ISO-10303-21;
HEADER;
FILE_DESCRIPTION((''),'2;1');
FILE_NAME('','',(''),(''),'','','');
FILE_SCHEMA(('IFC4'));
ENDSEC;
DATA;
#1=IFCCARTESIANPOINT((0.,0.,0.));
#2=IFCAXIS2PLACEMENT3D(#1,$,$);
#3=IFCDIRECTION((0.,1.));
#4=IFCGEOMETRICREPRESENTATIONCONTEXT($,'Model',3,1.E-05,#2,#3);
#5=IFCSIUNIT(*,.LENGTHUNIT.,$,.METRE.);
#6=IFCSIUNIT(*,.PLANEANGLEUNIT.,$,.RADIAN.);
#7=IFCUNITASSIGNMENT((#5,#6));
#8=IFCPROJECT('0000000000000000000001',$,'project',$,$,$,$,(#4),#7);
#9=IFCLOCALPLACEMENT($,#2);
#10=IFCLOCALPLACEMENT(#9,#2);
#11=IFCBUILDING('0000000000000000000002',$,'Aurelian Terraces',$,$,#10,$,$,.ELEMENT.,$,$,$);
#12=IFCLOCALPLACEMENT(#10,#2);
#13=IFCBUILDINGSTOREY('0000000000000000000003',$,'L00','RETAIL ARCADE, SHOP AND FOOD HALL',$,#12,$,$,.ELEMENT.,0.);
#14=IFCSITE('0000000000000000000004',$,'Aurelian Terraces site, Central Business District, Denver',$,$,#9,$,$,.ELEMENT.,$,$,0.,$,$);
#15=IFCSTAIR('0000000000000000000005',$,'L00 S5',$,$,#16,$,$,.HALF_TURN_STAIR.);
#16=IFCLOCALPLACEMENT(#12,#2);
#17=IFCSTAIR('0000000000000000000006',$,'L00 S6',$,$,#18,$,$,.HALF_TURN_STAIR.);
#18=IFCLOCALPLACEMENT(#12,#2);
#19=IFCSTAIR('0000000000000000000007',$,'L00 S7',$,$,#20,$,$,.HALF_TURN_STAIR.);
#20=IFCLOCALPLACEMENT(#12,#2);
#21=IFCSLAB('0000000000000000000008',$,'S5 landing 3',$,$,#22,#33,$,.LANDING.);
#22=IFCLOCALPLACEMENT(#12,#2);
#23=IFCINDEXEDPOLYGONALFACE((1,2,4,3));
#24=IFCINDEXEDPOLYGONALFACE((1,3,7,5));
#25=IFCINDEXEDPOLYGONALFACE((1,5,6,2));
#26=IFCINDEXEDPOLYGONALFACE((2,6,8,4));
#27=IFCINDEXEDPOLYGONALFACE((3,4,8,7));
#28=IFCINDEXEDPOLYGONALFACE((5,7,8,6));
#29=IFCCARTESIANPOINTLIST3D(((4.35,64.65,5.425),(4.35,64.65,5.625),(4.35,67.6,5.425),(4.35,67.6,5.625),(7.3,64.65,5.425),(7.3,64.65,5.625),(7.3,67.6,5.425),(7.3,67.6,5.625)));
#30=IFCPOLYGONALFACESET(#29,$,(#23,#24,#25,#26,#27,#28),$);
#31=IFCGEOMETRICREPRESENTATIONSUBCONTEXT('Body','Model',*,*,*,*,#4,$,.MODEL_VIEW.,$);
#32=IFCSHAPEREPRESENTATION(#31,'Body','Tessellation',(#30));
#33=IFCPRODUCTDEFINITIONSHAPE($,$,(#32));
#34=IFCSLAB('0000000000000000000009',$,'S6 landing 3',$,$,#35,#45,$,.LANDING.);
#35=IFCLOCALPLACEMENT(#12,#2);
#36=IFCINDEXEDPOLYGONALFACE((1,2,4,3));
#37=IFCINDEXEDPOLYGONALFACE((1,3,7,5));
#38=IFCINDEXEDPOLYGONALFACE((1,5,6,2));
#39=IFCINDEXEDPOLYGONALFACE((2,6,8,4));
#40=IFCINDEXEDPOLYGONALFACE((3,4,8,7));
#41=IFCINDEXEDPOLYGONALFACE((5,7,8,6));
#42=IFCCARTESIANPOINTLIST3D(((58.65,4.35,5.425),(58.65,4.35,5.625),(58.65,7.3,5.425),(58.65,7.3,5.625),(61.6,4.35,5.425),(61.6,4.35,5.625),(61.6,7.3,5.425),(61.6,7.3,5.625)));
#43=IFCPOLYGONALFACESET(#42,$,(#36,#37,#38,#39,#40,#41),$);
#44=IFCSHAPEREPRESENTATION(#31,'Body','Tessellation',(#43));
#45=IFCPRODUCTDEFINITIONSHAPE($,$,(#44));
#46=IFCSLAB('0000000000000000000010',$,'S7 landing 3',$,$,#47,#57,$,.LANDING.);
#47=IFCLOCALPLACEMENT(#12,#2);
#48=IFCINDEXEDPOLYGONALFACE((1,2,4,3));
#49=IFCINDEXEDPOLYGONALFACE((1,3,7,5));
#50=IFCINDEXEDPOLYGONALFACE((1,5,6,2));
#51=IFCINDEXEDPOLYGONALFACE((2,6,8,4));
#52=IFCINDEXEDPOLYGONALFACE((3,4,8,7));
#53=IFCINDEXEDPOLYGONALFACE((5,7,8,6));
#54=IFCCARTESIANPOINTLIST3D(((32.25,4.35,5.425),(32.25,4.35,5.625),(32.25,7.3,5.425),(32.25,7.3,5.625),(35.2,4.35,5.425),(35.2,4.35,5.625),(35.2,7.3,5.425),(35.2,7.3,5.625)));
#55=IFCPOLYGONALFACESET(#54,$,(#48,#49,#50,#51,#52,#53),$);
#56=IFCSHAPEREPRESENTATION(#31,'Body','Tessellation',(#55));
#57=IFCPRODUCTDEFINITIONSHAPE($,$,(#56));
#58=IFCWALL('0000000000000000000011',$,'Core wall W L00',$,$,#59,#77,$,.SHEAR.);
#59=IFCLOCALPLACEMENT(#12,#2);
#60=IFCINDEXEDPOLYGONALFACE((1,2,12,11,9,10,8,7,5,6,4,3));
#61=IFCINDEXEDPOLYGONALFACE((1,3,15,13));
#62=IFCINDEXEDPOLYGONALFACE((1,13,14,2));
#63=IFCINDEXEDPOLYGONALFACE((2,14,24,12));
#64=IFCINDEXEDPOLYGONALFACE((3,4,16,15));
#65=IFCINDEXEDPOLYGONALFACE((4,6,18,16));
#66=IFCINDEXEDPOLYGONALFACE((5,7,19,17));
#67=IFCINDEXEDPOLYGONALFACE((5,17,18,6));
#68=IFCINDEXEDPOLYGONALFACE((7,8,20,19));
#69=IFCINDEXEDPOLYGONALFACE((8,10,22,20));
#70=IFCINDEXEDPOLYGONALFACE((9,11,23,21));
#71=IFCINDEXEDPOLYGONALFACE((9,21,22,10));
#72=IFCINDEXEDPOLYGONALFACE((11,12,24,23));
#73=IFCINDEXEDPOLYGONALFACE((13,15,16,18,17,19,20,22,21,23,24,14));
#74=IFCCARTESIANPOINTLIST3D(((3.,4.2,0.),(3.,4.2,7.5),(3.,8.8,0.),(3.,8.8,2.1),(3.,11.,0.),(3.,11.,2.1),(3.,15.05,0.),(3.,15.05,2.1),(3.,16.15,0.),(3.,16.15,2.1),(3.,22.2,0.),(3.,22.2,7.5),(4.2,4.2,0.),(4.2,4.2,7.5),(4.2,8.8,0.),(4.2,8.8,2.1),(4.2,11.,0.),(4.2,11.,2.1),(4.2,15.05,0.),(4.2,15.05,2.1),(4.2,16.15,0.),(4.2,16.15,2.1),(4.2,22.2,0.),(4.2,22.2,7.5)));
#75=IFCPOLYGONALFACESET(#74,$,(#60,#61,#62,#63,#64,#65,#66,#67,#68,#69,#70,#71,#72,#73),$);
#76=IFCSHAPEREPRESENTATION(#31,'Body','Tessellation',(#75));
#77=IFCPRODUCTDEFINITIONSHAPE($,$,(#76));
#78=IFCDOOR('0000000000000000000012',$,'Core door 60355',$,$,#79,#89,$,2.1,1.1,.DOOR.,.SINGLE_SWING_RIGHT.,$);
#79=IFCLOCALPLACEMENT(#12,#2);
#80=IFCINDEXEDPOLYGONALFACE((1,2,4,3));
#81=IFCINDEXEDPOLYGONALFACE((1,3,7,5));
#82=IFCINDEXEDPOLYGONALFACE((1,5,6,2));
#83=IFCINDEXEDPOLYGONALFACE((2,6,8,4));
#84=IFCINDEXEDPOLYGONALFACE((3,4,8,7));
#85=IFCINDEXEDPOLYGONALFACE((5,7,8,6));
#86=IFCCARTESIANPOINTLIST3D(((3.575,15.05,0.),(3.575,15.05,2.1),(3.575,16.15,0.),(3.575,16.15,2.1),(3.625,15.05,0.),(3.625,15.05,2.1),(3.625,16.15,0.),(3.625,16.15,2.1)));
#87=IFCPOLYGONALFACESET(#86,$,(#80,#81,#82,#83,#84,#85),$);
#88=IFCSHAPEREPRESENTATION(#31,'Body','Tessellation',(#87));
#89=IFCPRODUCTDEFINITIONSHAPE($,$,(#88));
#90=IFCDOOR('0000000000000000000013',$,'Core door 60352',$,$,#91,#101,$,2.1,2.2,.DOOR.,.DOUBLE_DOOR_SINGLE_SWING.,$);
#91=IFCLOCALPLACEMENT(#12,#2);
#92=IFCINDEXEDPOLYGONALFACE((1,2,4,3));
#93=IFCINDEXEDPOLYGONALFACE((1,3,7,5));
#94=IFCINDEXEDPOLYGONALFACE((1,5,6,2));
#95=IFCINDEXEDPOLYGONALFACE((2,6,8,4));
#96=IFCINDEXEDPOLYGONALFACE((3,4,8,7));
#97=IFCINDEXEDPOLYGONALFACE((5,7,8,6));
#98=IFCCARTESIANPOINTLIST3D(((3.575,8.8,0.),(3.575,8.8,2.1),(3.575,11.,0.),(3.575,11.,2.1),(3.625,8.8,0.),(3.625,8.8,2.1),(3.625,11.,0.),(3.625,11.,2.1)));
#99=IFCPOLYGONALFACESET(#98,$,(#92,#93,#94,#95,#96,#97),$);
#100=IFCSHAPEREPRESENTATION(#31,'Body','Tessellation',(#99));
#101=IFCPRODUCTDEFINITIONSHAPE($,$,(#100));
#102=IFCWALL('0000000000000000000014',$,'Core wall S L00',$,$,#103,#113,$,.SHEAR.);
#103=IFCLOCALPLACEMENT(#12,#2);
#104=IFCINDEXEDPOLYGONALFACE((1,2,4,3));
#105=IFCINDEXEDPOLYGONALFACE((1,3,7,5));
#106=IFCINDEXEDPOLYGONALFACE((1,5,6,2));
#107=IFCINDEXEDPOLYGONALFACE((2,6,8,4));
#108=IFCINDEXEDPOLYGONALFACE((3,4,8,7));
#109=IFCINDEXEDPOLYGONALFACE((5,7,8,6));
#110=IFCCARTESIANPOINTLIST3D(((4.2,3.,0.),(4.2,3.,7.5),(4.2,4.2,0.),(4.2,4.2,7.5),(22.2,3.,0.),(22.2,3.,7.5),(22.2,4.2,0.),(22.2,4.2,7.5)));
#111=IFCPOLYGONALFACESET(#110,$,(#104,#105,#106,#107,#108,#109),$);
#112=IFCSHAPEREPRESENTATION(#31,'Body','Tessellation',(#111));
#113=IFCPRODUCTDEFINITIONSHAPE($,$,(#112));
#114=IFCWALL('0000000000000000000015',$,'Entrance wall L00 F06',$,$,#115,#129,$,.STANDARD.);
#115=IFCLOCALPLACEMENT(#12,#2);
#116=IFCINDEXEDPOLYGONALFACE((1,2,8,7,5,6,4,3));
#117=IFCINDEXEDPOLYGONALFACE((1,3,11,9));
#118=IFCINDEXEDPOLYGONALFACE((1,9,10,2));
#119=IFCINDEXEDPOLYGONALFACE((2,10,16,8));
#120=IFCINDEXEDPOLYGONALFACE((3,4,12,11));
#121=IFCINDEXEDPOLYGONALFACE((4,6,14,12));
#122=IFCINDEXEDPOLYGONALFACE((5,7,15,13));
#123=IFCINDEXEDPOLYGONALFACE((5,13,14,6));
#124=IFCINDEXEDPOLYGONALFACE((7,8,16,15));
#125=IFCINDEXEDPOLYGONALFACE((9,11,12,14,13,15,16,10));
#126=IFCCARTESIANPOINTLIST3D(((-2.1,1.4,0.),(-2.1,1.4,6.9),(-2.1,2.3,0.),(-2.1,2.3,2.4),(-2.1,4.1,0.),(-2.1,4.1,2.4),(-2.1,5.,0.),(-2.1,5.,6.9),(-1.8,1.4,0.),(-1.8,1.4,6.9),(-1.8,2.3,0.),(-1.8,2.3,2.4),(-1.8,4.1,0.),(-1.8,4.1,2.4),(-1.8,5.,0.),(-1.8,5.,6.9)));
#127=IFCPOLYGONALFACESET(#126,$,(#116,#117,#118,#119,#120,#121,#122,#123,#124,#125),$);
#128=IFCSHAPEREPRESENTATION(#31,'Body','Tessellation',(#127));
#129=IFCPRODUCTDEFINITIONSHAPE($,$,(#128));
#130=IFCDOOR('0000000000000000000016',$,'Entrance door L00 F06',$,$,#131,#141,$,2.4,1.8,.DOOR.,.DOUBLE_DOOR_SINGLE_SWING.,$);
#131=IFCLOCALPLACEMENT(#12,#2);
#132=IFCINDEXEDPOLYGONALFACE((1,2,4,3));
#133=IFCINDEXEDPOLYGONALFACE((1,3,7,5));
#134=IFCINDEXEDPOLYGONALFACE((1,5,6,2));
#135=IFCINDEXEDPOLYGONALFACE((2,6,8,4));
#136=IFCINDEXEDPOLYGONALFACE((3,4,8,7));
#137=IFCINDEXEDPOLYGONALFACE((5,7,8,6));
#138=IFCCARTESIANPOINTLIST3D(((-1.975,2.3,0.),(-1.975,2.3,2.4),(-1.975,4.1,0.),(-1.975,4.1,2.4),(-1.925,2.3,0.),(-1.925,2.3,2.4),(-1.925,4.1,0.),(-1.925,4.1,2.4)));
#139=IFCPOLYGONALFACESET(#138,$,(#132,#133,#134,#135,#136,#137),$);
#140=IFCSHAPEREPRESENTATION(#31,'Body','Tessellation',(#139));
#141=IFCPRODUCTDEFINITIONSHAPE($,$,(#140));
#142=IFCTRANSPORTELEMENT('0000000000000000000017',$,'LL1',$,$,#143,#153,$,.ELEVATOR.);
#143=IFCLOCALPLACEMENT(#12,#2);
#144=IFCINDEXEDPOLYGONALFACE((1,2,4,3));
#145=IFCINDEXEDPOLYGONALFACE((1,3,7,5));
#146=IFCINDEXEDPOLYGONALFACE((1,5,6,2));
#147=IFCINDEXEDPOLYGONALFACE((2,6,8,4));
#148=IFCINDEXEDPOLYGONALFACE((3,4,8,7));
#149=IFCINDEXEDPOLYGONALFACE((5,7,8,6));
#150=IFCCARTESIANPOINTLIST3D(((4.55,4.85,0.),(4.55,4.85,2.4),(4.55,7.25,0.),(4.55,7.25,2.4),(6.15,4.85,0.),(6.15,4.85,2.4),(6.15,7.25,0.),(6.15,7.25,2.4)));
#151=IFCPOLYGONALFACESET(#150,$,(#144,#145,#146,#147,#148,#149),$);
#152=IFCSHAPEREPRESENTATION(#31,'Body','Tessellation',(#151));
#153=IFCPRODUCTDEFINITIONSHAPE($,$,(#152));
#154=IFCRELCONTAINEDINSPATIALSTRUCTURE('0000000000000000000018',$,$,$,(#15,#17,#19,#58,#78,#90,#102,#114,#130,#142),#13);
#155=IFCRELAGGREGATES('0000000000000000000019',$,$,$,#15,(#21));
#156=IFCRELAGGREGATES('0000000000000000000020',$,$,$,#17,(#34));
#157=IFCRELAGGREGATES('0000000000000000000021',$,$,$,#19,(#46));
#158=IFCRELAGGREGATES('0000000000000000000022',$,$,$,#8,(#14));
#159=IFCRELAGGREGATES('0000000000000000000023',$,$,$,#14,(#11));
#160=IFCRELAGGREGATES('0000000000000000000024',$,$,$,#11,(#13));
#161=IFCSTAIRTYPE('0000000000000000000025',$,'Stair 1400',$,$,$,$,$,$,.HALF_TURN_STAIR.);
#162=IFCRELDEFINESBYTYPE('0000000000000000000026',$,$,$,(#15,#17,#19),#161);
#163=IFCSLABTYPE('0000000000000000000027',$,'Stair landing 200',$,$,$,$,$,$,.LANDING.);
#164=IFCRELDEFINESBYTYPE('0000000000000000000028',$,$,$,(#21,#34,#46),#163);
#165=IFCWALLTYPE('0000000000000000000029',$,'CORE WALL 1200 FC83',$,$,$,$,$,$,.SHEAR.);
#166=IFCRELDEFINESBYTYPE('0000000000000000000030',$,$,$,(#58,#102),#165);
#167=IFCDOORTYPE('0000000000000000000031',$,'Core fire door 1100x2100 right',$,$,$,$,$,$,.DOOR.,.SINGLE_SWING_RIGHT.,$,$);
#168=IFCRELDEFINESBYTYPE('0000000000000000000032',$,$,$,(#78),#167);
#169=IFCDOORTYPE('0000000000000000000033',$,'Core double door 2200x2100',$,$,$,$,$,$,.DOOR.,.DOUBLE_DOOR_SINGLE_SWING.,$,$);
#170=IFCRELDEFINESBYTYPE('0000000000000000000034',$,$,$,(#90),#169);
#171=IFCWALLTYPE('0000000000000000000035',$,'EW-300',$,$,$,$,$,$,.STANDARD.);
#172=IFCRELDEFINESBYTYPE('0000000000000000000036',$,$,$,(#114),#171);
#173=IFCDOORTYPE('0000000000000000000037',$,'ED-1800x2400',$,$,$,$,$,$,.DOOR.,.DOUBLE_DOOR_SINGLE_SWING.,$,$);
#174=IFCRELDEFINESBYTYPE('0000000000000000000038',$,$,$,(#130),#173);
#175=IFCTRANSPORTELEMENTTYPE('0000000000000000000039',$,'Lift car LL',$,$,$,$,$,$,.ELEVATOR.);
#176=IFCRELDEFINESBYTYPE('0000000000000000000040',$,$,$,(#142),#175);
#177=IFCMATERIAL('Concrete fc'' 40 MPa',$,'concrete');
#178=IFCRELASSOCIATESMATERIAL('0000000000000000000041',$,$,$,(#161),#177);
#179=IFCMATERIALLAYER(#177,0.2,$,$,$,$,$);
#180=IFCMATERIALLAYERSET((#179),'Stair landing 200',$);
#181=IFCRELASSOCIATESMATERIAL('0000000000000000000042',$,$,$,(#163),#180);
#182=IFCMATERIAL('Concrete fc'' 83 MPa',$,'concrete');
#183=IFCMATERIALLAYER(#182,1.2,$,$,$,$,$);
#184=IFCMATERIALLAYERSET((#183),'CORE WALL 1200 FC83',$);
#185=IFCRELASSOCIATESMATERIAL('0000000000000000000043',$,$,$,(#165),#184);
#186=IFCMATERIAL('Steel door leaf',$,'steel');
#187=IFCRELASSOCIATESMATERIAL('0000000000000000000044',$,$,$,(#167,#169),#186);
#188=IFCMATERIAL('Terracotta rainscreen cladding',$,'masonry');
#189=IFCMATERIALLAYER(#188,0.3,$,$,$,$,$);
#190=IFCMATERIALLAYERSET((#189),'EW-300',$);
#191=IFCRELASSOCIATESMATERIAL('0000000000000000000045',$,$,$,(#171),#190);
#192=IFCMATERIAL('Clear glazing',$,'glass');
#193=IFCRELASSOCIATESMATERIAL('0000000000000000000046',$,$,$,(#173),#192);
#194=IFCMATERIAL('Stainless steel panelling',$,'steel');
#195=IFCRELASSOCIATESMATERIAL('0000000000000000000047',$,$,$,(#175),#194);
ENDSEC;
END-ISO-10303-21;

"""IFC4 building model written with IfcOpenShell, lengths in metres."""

from ifc_helpers import new_model, si_unit, direction, frame, frame_2d, origin, origin_2d, place, context, subcontext, project, spatial, polyline, rectangle, outline, extrude, source, transform, mapped, material, layer, layer_set, type_object, element, fill, aggregate, save


model = new_model("IFC4")

# Units and contexts
model_context = context("Model", 3, precision=1e-05, world=origin(), true_north=direction((0.0, 1.0)))
body_context = subcontext(model_context, "Body", "Model", "MODEL_VIEW")
ifc_project = project(units=[si_unit("LENGTHUNIT", "METRE"), si_unit("PLANEANGLEUNIT", "RADIAN")], contexts=[model_context])

# Site, building, storey
site_placement = place(None, origin())
site = spatial("IfcSite", under=ifc_project, at=site_placement, Name="Aurelian Terraces site, Central Business District, Denver", CompositionType="ELEMENT", RefElevation=0.0)
building_placement = place(site_placement, origin())
building = spatial("IfcBuilding", under=site, at=building_placement, Name="Aurelian Terraces", CompositionType="ELEMENT")
storey_placement = place(building_placement, origin())
storey = spatial("IfcBuildingStorey", under=building, at=storey_placement, Name="L00", Description="RETAIL ARCADE, SHOP AND FOOD HALL", CompositionType="ELEMENT", Elevation=0.0)

# Stairs
ifc_material_1 = material(Name="Concrete fc' 40 MPa", Category="concrete")
stair_type = type_object("IfcStairType", Name="Stair 1400", PredefinedType="HALF_TURN_STAIR", material=ifc_material_1)
ifc_layer_1 = layer(ifc_material_1, 0.2)
ifc_layer_set_1 = layer_set([ifc_layer_1], Name="Stair landing 200")
slab_type = type_object("IfcSlabType", Name="Stair landing 200", PredefinedType="LANDING", material=ifc_layer_set_1)
stair_1_placement = place(storey_placement, origin())
stair_1 = element("IfcStair", 1, at=stair_1_placement, inside=storey, type_object=stair_type, Name="L00 S5", PredefinedType="HALF_TURN_STAIR")
stair_2_placement = place(storey_placement, origin())
stair_2 = element("IfcStair", 2, at=stair_2_placement, inside=storey, type_object=stair_type, Name="L00 S6", PredefinedType="HALF_TURN_STAIR")
stair_3_placement = place(storey_placement, origin())
stair_3 = element("IfcStair", 3, at=stair_3_placement, inside=storey, type_object=stair_type, Name="L00 S7", PredefinedType="HALF_TURN_STAIR")

# Slabs
shared_shape_1 = source(origin(), body_context, "Body", "SweptSolid", [
    extrude(outline(polyline([(4.35, 64.65), (7.3, 64.65), (7.3, 67.6), (4.35, 67.6), (4.35, 64.65)])), origin(), (0.0, 0.0, 1.0), 0.2),
])
slab_1_placement = place(storey_placement, frame((0.0, 0.0, 5.425)))
slab_1 = element("IfcSlab", 4, at=slab_1_placement, type_object=slab_type, Name="S5 landing 3", PredefinedType="LANDING", context=body_context, shape_type="MappedRepresentation", body=[
    mapped(shared_shape_1, transform((0.0, 0.0, 0.0), scale=1.0)),
])
aggregate(stair_1, [slab_1])
shared_shape_2 = source(origin(), body_context, "Body", "SweptSolid", [
    extrude(outline(polyline([(61.6, 4.35), (61.6, 7.3), (58.65, 7.3), (58.65, 4.35), (61.6, 4.35)])), origin(), (0.0, 0.0, 1.0), 0.2),
])
slab_2_placement = place(storey_placement, frame((0.0, 0.0, 5.425)))
slab_2 = element("IfcSlab", 5, at=slab_2_placement, type_object=slab_type, Name="S6 landing 3", PredefinedType="LANDING", context=body_context, shape_type="MappedRepresentation", body=[
    mapped(shared_shape_2, transform((0.0, 0.0, 0.0), scale=1.0)),
])
aggregate(stair_2, [slab_2])
shared_shape_3 = source(origin(), body_context, "Body", "SweptSolid", [
    extrude(outline(polyline([(35.2, 4.35), (35.2, 7.3), (32.25, 7.3), (32.25, 4.35), (35.2, 4.35)])), origin(), (0.0, 0.0, 1.0), 0.2),
])
slab_3_placement = place(storey_placement, frame((0.0, 0.0, 5.425)))
slab_3 = element("IfcSlab", 6, at=slab_3_placement, type_object=slab_type, Name="S7 landing 3", PredefinedType="LANDING", context=body_context, shape_type="MappedRepresentation", body=[
    mapped(shared_shape_3, transform((0.0, 0.0, 0.0), scale=1.0)),
])
aggregate(stair_3, [slab_3])

# Wall, openings, doors
ifc_material_2 = material(Name="Concrete fc' 83 MPa", Category="concrete")
ifc_layer_2 = layer(ifc_material_2, 1.2)
ifc_layer_set_2 = layer_set([ifc_layer_2], Name="CORE WALL 1200 FC83")
wall_type_1 = type_object("IfcWallType", Name="CORE WALL 1200 FC83", PredefinedType="SHEAR", material=ifc_layer_set_2)
wall_1_placement = place(storey_placement, frame((3.6, 4.2, 0.0), z_axis=(0.0, 0.0, 1.0), x_axis=(0.0, 1.0, 0.0)))
wall_1 = element("IfcWall", 7, at=wall_1_placement, inside=storey, type_object=wall_type_1, Name="Core wall W L00", PredefinedType="SHEAR", context=body_context, shape_type="SweptSolid", body=[
    extrude(rectangle(XDim=18.0, YDim=1.2, at=frame_2d((9.0, 0.0))), origin(), (0.0, 0.0, 1.0), 7.5),
])
shared_shape_4 = source(origin(), body_context, "Body", "SweptSolid", [
    extrude(rectangle(XDim=2.2, YDim=2.1, at=frame_2d((1.1, 1.05))), frame((0.0, 0.61, 0.0), z_axis=(0.0, -1.0, 0.0), x_axis=(1.0, 0.0, 0.0)), (0.0, 0.0, 1.0), 1.22),
])
opening_1_placement = place(wall_1_placement, frame((4.6, 0.0, 0.0)))
opening_1 = element("IfcOpeningElement", 8, at=opening_1_placement, cuts=wall_1, PredefinedType="OPENING", context=body_context, shape_type="MappedRepresentation", body=[
    mapped(shared_shape_4, transform((0.0, 0.0, 0.0), scale=1.0)),
])
opening_2_placement = place(wall_1_placement, frame((10.85, 0.0, 0.0)))
opening_2 = element("IfcOpeningElement", 9, at=opening_2_placement, cuts=wall_1, PredefinedType="OPENING", context=body_context, shape_type="SweptSolid", body=[
    extrude(rectangle(XDim=1.1, YDim=2.1, at=frame_2d((0.55, 1.05))), frame((0.0, 0.61, 0.0), z_axis=(0.0, -1.0, 0.0), x_axis=(1.0, 0.0, 0.0)), (0.0, 0.0, 1.0), 1.22),
])
ifc_material_3 = material(Name="Steel door leaf", Category="steel")
door_type_1 = type_object("IfcDoorType", Name="Core fire door 1100x2100 right", OperationType="SINGLE_SWING_RIGHT", PredefinedType="DOOR", material=ifc_material_3)
shared_shape_5 = source(origin(), body_context, "Body", "SweptSolid", [
    extrude(rectangle(XDim=1.1, YDim=2.1, at=frame_2d((0.55, 1.05))), frame((0.0, 0.025, 0.0), z_axis=(0.0, -1.0, 0.0), x_axis=(1.0, 0.0, 0.0)), (0.0, 0.0, 1.0), 0.05),
])
door_1_placement = place(opening_2_placement, origin())
door_1 = element("IfcDoor", 10, at=door_1_placement, inside=storey, type_object=door_type_1, Name="Core door 60355", OperationType="SINGLE_SWING_RIGHT", OverallHeight=2.1, OverallWidth=1.1, PredefinedType="DOOR", context=body_context, shape_type="MappedRepresentation", body=[
    mapped(shared_shape_5, transform((0.0, 0.0, 0.0), scale=1.0)),
])
fill(opening_2, door_1)
door_type_2 = type_object("IfcDoorType", Name="Core double door 2200x2100", OperationType="DOUBLE_DOOR_SINGLE_SWING", PredefinedType="DOOR", material=ifc_material_3)
shared_shape_6 = source(origin(), body_context, "Body", "SweptSolid", [
    extrude(rectangle(XDim=2.2, YDim=2.1, at=frame_2d((1.1, 1.05))), frame((0.0, 0.025, 0.0), z_axis=(0.0, -1.0, 0.0), x_axis=(1.0, 0.0, 0.0)), (0.0, 0.0, 1.0), 0.05),
])
door_2_placement = place(opening_1_placement, origin())
door_2 = element("IfcDoor", 11, at=door_2_placement, inside=storey, type_object=door_type_2, Name="Core door 60352", OperationType="DOUBLE_DOOR_SINGLE_SWING", OverallHeight=2.1, OverallWidth=2.2, PredefinedType="DOOR", context=body_context, shape_type="MappedRepresentation", body=[
    mapped(shared_shape_6, transform((0.0, 0.0, 0.0), scale=1.0)),
])
fill(opening_1, door_2)

# Wall
shared_shape_7 = source(origin(), body_context, "Body", "SweptSolid", [
    extrude(rectangle(XDim=18.0, YDim=1.2, at=frame_2d((9.0, 0.0))), origin(), (0.0, 0.0, 1.0), 7.5),
])
wall_2_placement = place(storey_placement, frame((4.2, 3.6, 0.0), z_axis=(0.0, 0.0, 1.0), x_axis=(1.0, 0.0, 0.0)))
element("IfcWall", 12, at=wall_2_placement, inside=storey, type_object=wall_type_1, Name="Core wall S L00", PredefinedType="SHEAR", context=body_context, shape_type="MappedRepresentation", body=[
    mapped(shared_shape_7, transform((0.0, 0.0, 0.0), scale=1.0)),
])

# Wall, opening, door
ifc_material_4 = material(Name="Terracotta rainscreen cladding", Category="masonry")
ifc_layer_3 = layer(ifc_material_4, 0.3)
ifc_layer_set_3 = layer_set([ifc_layer_3], Name="EW-300")
wall_type_2 = type_object("IfcWallType", Name="EW-300", PredefinedType="STANDARD", material=ifc_layer_set_3)
shared_shape_8 = source(origin(), body_context, "Body", "SweptSolid", [
    extrude(rectangle(XDim=3.6, YDim=0.3, at=frame_2d((1.8, 0.0))), origin(), (0.0, 0.0, 1.0), 6.9),
])
wall_3_placement = place(storey_placement, frame((-1.95, 5.0, 0.0), z_axis=(0.0, 0.0, 1.0), x_axis=(0.0, -1.0, 0.0)))
wall_3 = element("IfcWall", 13, at=wall_3_placement, inside=storey, type_object=wall_type_2, Name="Entrance wall L00 F06", PredefinedType="STANDARD", context=body_context, shape_type="MappedRepresentation", body=[
    mapped(shared_shape_8, transform((0.0, 0.0, 0.0), scale=1.0)),
])
shared_shape_9 = source(origin(), body_context, "Body", "SweptSolid", [
    extrude(rectangle(XDim=1.8, YDim=2.4, at=frame_2d((0.9, 1.2))), frame((0.0, 0.16, 0.0), z_axis=(0.0, -1.0, 0.0), x_axis=(1.0, 0.0, 0.0)), (0.0, 0.0, 1.0), 0.32),
])
opening_3_placement = place(wall_3_placement, frame((0.9, 0.0, 0.0)))
opening_3 = element("IfcOpeningElement", 14, at=opening_3_placement, cuts=wall_3, PredefinedType="OPENING", context=body_context, shape_type="MappedRepresentation", body=[
    mapped(shared_shape_9, transform((0.0, 0.0, 0.0), scale=1.0)),
])
ifc_material_5 = material(Name="Clear glazing", Category="glass")
door_type_3 = type_object("IfcDoorType", Name="ED-1800x2400", OperationType="DOUBLE_DOOR_SINGLE_SWING", PredefinedType="DOOR", material=ifc_material_5)
shared_shape_10 = source(origin(), body_context, "Body", "SweptSolid", [
    extrude(rectangle(XDim=1.8, YDim=2.4, at=frame_2d((0.9, 1.2))), frame((0.0, 0.025, 0.0), z_axis=(0.0, -1.0, 0.0), x_axis=(1.0, 0.0, 0.0)), (0.0, 0.0, 1.0), 0.05),
])
door_3_placement = place(opening_3_placement, origin())
door_3 = element("IfcDoor", 15, at=door_3_placement, inside=storey, type_object=door_type_3, Name="Entrance door L00 F06", OperationType="DOUBLE_DOOR_SINGLE_SWING", OverallHeight=2.4, OverallWidth=1.8, PredefinedType="DOOR", context=body_context, shape_type="MappedRepresentation", body=[
    mapped(shared_shape_10, transform((0.0, 0.0, 0.0), scale=1.0)),
])
fill(opening_3, door_3)

# Transport element
ifc_material_6 = material(Name="Stainless steel panelling", Category="steel")
transport_element_type = type_object("IfcTransportElementType", Name="Lift car LL", PredefinedType="ELEVATOR", material=ifc_material_6)
transport_element_placement = place(storey_placement, frame((5.35, 6.05, 0.0), z_axis=(0.0, 0.0, 1.0), x_axis=(1.0, 0.0, 0.0)))
element("IfcTransportElement", 16, at=transport_element_placement, inside=storey, type_object=transport_element_type, Name="LL1", PredefinedType="ELEVATOR", context=body_context, shape_type="SweptSolid", body=[
    extrude(rectangle(XDim=1.6, YDim=2.4, at=origin_2d()), origin(), (0.0, 0.0, 1.0), 2.4),
])

save(model, "model.ifc")
